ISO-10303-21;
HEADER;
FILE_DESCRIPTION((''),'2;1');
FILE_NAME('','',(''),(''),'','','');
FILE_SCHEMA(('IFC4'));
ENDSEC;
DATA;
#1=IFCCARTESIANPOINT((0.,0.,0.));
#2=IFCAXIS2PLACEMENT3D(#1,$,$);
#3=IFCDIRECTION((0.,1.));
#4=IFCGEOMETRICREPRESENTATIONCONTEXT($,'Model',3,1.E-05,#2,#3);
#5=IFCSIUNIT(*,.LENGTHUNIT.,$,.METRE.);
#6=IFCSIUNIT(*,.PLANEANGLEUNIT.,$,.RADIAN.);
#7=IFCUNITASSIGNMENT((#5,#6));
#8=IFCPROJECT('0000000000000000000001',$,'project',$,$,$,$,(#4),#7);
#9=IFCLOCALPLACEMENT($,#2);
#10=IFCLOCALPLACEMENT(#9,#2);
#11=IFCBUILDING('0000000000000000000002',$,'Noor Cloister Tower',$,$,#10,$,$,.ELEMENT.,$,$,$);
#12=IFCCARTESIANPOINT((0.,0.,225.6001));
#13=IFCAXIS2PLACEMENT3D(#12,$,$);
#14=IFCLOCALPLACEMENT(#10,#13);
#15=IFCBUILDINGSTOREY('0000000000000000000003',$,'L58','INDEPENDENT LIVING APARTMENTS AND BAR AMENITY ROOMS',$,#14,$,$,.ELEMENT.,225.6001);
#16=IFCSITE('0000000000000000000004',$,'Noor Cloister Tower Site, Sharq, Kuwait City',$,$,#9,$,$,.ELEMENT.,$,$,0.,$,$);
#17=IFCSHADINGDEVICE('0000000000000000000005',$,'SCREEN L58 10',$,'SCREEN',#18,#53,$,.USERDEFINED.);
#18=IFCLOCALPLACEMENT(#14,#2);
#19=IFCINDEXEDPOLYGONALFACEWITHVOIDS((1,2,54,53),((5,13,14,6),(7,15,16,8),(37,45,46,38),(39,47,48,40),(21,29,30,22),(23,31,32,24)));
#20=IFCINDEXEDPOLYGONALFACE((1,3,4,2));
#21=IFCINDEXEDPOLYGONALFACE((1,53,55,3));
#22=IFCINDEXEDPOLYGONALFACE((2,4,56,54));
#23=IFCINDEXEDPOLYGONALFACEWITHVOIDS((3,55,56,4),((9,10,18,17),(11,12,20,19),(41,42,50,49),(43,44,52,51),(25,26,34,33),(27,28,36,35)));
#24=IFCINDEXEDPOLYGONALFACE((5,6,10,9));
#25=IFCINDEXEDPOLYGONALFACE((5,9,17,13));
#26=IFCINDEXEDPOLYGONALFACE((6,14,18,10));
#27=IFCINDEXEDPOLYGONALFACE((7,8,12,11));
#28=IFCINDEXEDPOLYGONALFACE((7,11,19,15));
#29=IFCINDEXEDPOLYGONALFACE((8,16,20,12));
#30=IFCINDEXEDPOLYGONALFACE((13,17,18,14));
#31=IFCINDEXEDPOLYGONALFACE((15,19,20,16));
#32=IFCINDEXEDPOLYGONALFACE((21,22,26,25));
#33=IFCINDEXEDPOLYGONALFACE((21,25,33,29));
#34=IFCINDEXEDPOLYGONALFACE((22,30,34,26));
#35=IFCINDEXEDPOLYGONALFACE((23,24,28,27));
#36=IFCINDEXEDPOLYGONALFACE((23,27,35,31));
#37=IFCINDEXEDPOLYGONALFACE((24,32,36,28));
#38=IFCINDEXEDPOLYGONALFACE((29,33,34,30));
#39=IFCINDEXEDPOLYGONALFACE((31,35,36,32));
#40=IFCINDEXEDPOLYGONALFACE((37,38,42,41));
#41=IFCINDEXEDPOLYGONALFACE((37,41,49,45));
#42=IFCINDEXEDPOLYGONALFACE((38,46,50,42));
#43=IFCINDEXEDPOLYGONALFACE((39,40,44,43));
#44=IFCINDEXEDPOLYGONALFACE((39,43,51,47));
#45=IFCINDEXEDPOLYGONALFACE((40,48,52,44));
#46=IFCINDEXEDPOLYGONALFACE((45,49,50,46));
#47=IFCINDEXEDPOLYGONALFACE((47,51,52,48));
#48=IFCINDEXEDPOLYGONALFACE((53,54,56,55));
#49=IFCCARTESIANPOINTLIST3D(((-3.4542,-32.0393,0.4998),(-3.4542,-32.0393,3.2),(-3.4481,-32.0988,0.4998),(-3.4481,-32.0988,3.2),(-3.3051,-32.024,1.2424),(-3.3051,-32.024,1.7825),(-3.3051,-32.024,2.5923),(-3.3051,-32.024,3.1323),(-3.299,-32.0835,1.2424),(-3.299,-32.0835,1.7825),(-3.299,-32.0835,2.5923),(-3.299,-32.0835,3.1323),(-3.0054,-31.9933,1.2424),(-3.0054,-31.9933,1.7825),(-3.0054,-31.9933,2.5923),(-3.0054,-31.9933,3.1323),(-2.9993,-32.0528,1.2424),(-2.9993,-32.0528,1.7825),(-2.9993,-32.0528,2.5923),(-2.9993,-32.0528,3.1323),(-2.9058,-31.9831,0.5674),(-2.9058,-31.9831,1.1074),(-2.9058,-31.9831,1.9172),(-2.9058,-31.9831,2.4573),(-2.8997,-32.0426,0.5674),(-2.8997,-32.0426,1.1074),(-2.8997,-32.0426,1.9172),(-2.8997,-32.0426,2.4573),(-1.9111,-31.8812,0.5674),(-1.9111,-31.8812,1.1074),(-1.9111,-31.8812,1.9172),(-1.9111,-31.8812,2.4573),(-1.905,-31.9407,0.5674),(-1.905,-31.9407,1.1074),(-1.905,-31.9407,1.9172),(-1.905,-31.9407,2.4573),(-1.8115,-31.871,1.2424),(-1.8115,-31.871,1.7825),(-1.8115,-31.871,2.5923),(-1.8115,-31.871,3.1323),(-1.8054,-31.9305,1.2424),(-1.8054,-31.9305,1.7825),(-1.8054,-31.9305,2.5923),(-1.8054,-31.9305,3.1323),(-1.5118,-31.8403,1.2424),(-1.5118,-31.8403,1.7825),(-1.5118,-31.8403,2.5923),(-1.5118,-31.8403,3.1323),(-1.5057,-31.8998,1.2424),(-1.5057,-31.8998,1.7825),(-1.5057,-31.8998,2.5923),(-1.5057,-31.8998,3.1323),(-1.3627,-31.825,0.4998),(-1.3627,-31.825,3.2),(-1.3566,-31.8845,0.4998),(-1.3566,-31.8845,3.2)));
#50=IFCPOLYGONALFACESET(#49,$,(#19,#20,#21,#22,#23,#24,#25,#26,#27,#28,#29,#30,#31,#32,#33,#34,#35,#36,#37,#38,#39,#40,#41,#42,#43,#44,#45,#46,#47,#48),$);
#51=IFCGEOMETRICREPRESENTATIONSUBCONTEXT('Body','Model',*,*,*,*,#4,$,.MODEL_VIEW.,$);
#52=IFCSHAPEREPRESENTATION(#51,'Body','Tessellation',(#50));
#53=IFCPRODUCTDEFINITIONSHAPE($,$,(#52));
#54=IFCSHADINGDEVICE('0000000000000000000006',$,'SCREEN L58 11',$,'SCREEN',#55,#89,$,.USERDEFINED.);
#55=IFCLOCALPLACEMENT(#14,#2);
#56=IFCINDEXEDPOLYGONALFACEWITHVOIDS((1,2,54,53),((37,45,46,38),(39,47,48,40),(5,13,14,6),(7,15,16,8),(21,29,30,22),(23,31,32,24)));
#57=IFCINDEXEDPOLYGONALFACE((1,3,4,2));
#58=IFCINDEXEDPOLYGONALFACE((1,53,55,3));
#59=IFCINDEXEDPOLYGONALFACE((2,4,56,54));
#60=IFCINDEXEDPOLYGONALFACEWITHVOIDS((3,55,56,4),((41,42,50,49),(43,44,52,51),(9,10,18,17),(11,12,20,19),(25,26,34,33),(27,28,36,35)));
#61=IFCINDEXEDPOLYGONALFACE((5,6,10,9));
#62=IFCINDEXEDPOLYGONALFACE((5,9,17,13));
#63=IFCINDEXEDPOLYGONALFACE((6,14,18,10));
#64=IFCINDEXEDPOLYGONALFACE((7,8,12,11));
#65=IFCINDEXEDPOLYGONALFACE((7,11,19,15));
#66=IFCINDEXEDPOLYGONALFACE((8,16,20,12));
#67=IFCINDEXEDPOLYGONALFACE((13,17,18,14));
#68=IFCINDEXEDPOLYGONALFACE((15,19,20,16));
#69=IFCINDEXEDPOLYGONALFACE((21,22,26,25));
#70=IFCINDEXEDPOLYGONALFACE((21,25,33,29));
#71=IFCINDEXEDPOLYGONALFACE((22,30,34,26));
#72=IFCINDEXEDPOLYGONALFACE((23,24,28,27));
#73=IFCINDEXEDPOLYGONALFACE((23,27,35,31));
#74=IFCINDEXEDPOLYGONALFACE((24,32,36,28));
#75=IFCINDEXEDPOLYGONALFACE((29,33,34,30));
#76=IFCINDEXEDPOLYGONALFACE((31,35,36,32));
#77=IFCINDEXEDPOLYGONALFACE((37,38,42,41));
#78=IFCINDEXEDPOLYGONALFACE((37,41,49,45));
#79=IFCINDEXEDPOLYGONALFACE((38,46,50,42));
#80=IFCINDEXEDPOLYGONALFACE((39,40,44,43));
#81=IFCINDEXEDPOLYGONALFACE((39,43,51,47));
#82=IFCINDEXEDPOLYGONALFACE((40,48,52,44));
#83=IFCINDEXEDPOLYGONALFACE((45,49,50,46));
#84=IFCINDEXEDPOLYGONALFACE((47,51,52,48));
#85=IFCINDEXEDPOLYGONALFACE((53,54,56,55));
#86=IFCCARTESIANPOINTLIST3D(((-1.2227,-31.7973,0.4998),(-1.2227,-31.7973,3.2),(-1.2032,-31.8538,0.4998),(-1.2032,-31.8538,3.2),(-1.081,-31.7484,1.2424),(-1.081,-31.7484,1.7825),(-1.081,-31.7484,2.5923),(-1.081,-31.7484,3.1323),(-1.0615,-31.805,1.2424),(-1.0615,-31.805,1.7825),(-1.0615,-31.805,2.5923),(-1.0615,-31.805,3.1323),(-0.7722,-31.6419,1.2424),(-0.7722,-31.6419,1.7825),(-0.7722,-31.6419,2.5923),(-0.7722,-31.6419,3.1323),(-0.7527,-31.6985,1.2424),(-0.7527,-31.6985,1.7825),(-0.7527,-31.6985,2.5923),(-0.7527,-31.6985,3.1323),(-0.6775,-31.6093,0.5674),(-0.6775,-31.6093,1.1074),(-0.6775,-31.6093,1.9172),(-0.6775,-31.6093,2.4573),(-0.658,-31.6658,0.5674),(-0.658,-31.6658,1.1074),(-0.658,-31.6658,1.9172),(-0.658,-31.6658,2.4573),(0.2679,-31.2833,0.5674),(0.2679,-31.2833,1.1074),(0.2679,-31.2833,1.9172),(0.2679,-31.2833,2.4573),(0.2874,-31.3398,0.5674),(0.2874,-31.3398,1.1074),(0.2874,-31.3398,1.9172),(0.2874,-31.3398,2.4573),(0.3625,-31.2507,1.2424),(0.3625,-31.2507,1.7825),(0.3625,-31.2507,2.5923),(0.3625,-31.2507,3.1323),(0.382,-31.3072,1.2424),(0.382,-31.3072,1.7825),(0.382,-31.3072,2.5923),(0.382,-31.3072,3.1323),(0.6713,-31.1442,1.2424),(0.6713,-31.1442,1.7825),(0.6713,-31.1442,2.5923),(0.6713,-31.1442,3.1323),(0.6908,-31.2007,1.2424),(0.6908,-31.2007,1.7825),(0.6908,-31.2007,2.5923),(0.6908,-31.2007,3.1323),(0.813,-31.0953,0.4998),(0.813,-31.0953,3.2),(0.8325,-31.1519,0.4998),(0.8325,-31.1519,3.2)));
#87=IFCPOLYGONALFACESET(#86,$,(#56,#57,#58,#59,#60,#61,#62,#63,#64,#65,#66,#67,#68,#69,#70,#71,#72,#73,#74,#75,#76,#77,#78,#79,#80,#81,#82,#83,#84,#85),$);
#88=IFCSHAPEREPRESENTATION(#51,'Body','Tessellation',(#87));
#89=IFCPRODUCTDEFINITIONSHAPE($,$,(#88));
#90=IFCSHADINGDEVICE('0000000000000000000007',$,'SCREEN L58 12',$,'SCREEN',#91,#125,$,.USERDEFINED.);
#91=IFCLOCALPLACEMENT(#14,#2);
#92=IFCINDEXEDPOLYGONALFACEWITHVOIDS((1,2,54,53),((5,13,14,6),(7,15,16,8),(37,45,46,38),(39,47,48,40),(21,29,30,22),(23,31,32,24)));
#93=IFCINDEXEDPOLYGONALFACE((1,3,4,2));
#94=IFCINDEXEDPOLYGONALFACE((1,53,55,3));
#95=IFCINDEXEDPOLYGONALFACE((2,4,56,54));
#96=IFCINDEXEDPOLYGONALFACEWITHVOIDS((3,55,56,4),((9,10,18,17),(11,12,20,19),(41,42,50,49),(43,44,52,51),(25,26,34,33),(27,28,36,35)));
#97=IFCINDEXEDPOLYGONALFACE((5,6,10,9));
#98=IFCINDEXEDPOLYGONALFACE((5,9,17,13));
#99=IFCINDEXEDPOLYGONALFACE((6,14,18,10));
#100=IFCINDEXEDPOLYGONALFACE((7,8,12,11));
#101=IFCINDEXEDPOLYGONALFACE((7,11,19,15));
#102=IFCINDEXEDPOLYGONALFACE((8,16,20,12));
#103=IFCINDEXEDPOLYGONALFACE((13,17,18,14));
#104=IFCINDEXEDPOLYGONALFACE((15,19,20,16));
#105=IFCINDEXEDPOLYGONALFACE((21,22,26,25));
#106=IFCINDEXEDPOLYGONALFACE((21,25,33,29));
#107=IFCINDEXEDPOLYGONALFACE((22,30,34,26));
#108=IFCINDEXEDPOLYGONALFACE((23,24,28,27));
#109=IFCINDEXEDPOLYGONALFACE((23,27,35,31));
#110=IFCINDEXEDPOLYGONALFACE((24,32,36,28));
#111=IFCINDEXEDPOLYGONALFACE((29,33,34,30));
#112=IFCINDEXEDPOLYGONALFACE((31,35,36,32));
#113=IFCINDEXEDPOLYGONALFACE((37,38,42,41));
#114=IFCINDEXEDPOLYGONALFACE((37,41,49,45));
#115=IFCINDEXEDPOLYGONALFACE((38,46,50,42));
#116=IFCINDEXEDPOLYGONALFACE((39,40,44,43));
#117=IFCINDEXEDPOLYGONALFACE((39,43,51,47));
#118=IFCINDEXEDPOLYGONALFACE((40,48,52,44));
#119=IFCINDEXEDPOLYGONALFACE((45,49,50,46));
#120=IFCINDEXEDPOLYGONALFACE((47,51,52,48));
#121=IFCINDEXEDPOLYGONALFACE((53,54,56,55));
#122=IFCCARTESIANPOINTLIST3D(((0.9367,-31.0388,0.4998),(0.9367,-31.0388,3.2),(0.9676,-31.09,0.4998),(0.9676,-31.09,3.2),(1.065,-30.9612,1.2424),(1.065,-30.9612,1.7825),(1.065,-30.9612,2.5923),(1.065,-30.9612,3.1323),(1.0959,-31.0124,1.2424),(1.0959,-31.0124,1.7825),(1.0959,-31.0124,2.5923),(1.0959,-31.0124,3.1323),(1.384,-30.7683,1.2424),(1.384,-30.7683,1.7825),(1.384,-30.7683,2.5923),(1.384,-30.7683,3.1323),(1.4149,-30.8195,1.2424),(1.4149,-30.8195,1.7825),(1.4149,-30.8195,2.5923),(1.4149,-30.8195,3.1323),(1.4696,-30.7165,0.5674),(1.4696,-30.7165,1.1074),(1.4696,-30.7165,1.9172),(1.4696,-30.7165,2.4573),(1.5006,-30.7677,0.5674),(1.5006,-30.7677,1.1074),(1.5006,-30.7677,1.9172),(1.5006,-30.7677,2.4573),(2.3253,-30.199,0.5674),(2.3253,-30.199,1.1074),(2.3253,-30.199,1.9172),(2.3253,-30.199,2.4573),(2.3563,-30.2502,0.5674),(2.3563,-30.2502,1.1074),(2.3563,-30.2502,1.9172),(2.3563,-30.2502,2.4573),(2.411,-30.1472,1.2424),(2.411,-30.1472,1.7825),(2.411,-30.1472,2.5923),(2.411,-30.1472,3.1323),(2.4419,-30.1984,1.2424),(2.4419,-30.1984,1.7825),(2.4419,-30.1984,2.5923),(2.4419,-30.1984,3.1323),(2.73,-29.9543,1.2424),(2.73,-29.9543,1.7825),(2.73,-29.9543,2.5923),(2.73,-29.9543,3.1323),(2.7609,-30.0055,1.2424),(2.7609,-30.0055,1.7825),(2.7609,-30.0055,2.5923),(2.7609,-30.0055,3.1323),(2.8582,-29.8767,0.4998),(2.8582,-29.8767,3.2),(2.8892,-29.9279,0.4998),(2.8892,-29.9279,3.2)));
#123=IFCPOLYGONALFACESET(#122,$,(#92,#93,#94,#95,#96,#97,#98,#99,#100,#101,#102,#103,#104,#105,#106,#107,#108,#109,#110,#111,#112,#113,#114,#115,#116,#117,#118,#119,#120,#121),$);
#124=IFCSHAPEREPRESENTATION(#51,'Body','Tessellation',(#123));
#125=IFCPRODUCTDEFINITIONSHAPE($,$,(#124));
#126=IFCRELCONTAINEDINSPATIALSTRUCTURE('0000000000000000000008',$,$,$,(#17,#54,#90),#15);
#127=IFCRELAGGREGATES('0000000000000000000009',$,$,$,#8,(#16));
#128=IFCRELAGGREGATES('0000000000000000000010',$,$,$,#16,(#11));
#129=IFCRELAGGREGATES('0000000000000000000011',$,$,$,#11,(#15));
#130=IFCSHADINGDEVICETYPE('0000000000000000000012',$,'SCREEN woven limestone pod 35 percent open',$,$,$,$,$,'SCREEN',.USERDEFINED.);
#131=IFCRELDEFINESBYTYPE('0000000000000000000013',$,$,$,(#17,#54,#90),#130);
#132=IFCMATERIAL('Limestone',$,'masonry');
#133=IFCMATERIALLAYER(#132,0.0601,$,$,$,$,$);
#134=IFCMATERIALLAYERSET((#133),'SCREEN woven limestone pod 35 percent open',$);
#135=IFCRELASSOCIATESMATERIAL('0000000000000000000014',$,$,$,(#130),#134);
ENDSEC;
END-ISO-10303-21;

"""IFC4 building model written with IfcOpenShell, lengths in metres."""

from ifc_helpers import new_model, si_unit, direction, frame, origin, place, context, subcontext, project, spatial, polyline, outline, extrude, material, layer, layer_set, type_object, element, save


model = new_model("IFC4")

# Units and contexts
model_context = context("Model", 3, precision=1e-05, world=origin(), true_north=direction((0.0, 1.0)))
body_context = subcontext(model_context, "Body", "Model", "MODEL_VIEW")
ifc_project = project(units=[si_unit("LENGTHUNIT", "METRE"), si_unit("PLANEANGLEUNIT", "RADIAN")], contexts=[model_context])

# Site, building, storey
site_placement = place(None, origin())
site = spatial("IfcSite", under=ifc_project, at=site_placement, Name="Noor Cloister Tower Site, Sharq, Kuwait City", CompositionType="ELEMENT", RefElevation=0.0)
building_placement = place(site_placement, origin())
building = spatial("IfcBuilding", under=site, at=building_placement, Name="Noor Cloister Tower", CompositionType="ELEMENT")
storey_placement = place(building_placement, frame((0.0, 0.0, 225.6001)))
storey = spatial("IfcBuildingStorey", under=building, at=storey_placement, Name="L58", Description="INDEPENDENT LIVING APARTMENTS AND BAR AMENITY ROOMS", CompositionType="ELEMENT", Elevation=225.6001)

# Shading devices
ifc_material_1 = material(Name="Limestone", Category="masonry")
ifc_layer_1 = layer(ifc_material_1, 0.0601)
ifc_layer_set_1 = layer_set([ifc_layer_1], Name="SCREEN woven limestone pod 35 percent open")
shading_device_type = type_object("IfcShadingDeviceType", Name="SCREEN woven limestone pod 35 percent open", ElementType="SCREEN", PredefinedType="USERDEFINED", material=ifc_layer_set_1)
shading_device_1_placement = place(storey_placement, frame((-2.4084, -31.9321, 1.8499), z_axis=(0.101925, -0.994792, 0.0), x_axis=(0.994792, 0.101925, 0.0)))
element("IfcShadingDevice", 1, at=shading_device_1_placement, inside=storey, type_object=shading_device_type, Name="SCREEN L58 10", ObjectType="SCREEN", PredefinedType="USERDEFINED", context=body_context, shape_type="SweptSolid", body=[
    extrude(outline(polyline([(-1.0513, -1.3501), (1.0513, -1.3501), (1.0513, 1.3501), (-1.0513, 1.3501), (-1.0513, -1.3501)]), holes=[polyline([(-0.5, -1.2825), (0.5, -1.2825), (0.5, -0.7424), (-0.5, -0.7424), (-0.5, -1.2825)]), polyline([(0.6001, -0.6074), (0.9014, -0.6074), (0.9014, -0.0674), (0.6001, -0.0674), (0.6001, -0.6074)]), polyline([(-0.9014, -0.6074), (-0.6001, -0.6074), (-0.6001, -0.0674), (-0.9014, -0.0674), (-0.9014, -0.6074)]), polyline([(-0.5, 0.0674), (0.5, 0.0674), (0.5, 0.6074), (-0.5, 0.6074), (-0.5, 0.0674)]), polyline([(0.6001, 0.7424), (0.9014, 0.7424), (0.9014, 1.2825), (0.6001, 1.2825), (0.6001, 0.7424)]), polyline([(-0.9014, 0.7424), (-0.6001, 0.7424), (-0.6001, 1.2825), (-0.9014, 1.2825), (-0.9014, 0.7424)])]), origin(), (0.0, 0.0, 1.0), 0.0598),
])
shading_device_2_placement = place(storey_placement, frame((-0.2048, -31.4463, 1.8499), z_axis=(0.325991, -0.945373, 0.0), x_axis=(0.945373, 0.325991, 0.0)))
element("IfcShadingDevice", 2, at=shading_device_2_placement, inside=storey, type_object=shading_device_type, Name="SCREEN L58 11", ObjectType="SCREEN", PredefinedType="USERDEFINED", context=body_context, shape_type="SweptSolid", body=[
    extrude(outline(polyline([(-1.0767, -1.3501), (1.0767, -1.3501), (1.0767, 1.3501), (-1.0767, 1.3501), (-1.0767, -1.3501)]), holes=[polyline([(-0.5, -1.2825), (0.5, -1.2825), (0.5, -0.7424), (-0.5, -0.7424), (-0.5, -1.2825)]), polyline([(0.6001, -0.6074), (0.9268, -0.6074), (0.9268, -0.0674), (0.6001, -0.0674), (0.6001, -0.6074)]), polyline([(-0.9268, -0.6074), (-0.6001, -0.6074), (-0.6001, -0.0674), (-0.9268, -0.0674), (-0.9268, -0.6074)]), polyline([(-0.5, 0.0674), (0.5, 0.0674), (0.5, 0.6074), (-0.5, 0.6074), (-0.5, 0.0674)]), polyline([(0.6001, 0.7424), (0.9268, 0.7424), (0.9268, 1.2825), (0.6001, 1.2825), (0.6001, 0.7424)]), polyline([(-0.9268, 0.7424), (-0.6001, 0.7424), (-0.6001, 1.2825), (-0.9268, 1.2825), (-0.9268, 0.7424)])]), origin(), (0.0, 0.0, 1.0), 0.0598),
])
shading_device_3_placement = place(storey_placement, frame((1.8975, -30.4578, 1.8499), z_axis=(0.517489, -0.85569, 0.0), x_axis=(0.85569, 0.517489, 0.0)))
element("IfcShadingDevice", 3, at=shading_device_3_placement, inside=storey, type_object=shading_device_type, Name="SCREEN L58 12", ObjectType="SCREEN", PredefinedType="USERDEFINED", context=body_context, shape_type="SweptSolid", body=[
    extrude(outline(polyline([(-1.1228, -1.3501), (1.1228, -1.3501), (1.1228, 1.3501), (-1.1228, 1.3501), (-1.1228, -1.3501)]), holes=[polyline([(-0.5, -1.2825), (0.5, -1.2825), (0.5, -0.7424), (-0.5, -0.7424), (-0.5, -1.2825)]), polyline([(0.6001, -0.6074), (0.9729, -0.6074), (0.9729, -0.0674), (0.6001, -0.0674), (0.6001, -0.6074)]), polyline([(-0.9729, -0.6074), (-0.6001, -0.6074), (-0.6001, -0.0674), (-0.9729, -0.0674), (-0.9729, -0.6074)]), polyline([(-0.5, 0.0674), (0.5, 0.0674), (0.5, 0.6074), (-0.5, 0.6074), (-0.5, 0.0674)]), polyline([(0.6001, 0.7424), (0.9729, 0.7424), (0.9729, 1.2825), (0.6001, 1.2825), (0.6001, 0.7424)]), polyline([(-0.9729, 0.7424), (-0.6001, 0.7424), (-0.6001, 1.2825), (-0.9729, 1.2825), (-0.9729, 0.7424)])]), origin(), (0.0, 0.0, 1.0), 0.0598),
])

save(model, "model.ifc")
